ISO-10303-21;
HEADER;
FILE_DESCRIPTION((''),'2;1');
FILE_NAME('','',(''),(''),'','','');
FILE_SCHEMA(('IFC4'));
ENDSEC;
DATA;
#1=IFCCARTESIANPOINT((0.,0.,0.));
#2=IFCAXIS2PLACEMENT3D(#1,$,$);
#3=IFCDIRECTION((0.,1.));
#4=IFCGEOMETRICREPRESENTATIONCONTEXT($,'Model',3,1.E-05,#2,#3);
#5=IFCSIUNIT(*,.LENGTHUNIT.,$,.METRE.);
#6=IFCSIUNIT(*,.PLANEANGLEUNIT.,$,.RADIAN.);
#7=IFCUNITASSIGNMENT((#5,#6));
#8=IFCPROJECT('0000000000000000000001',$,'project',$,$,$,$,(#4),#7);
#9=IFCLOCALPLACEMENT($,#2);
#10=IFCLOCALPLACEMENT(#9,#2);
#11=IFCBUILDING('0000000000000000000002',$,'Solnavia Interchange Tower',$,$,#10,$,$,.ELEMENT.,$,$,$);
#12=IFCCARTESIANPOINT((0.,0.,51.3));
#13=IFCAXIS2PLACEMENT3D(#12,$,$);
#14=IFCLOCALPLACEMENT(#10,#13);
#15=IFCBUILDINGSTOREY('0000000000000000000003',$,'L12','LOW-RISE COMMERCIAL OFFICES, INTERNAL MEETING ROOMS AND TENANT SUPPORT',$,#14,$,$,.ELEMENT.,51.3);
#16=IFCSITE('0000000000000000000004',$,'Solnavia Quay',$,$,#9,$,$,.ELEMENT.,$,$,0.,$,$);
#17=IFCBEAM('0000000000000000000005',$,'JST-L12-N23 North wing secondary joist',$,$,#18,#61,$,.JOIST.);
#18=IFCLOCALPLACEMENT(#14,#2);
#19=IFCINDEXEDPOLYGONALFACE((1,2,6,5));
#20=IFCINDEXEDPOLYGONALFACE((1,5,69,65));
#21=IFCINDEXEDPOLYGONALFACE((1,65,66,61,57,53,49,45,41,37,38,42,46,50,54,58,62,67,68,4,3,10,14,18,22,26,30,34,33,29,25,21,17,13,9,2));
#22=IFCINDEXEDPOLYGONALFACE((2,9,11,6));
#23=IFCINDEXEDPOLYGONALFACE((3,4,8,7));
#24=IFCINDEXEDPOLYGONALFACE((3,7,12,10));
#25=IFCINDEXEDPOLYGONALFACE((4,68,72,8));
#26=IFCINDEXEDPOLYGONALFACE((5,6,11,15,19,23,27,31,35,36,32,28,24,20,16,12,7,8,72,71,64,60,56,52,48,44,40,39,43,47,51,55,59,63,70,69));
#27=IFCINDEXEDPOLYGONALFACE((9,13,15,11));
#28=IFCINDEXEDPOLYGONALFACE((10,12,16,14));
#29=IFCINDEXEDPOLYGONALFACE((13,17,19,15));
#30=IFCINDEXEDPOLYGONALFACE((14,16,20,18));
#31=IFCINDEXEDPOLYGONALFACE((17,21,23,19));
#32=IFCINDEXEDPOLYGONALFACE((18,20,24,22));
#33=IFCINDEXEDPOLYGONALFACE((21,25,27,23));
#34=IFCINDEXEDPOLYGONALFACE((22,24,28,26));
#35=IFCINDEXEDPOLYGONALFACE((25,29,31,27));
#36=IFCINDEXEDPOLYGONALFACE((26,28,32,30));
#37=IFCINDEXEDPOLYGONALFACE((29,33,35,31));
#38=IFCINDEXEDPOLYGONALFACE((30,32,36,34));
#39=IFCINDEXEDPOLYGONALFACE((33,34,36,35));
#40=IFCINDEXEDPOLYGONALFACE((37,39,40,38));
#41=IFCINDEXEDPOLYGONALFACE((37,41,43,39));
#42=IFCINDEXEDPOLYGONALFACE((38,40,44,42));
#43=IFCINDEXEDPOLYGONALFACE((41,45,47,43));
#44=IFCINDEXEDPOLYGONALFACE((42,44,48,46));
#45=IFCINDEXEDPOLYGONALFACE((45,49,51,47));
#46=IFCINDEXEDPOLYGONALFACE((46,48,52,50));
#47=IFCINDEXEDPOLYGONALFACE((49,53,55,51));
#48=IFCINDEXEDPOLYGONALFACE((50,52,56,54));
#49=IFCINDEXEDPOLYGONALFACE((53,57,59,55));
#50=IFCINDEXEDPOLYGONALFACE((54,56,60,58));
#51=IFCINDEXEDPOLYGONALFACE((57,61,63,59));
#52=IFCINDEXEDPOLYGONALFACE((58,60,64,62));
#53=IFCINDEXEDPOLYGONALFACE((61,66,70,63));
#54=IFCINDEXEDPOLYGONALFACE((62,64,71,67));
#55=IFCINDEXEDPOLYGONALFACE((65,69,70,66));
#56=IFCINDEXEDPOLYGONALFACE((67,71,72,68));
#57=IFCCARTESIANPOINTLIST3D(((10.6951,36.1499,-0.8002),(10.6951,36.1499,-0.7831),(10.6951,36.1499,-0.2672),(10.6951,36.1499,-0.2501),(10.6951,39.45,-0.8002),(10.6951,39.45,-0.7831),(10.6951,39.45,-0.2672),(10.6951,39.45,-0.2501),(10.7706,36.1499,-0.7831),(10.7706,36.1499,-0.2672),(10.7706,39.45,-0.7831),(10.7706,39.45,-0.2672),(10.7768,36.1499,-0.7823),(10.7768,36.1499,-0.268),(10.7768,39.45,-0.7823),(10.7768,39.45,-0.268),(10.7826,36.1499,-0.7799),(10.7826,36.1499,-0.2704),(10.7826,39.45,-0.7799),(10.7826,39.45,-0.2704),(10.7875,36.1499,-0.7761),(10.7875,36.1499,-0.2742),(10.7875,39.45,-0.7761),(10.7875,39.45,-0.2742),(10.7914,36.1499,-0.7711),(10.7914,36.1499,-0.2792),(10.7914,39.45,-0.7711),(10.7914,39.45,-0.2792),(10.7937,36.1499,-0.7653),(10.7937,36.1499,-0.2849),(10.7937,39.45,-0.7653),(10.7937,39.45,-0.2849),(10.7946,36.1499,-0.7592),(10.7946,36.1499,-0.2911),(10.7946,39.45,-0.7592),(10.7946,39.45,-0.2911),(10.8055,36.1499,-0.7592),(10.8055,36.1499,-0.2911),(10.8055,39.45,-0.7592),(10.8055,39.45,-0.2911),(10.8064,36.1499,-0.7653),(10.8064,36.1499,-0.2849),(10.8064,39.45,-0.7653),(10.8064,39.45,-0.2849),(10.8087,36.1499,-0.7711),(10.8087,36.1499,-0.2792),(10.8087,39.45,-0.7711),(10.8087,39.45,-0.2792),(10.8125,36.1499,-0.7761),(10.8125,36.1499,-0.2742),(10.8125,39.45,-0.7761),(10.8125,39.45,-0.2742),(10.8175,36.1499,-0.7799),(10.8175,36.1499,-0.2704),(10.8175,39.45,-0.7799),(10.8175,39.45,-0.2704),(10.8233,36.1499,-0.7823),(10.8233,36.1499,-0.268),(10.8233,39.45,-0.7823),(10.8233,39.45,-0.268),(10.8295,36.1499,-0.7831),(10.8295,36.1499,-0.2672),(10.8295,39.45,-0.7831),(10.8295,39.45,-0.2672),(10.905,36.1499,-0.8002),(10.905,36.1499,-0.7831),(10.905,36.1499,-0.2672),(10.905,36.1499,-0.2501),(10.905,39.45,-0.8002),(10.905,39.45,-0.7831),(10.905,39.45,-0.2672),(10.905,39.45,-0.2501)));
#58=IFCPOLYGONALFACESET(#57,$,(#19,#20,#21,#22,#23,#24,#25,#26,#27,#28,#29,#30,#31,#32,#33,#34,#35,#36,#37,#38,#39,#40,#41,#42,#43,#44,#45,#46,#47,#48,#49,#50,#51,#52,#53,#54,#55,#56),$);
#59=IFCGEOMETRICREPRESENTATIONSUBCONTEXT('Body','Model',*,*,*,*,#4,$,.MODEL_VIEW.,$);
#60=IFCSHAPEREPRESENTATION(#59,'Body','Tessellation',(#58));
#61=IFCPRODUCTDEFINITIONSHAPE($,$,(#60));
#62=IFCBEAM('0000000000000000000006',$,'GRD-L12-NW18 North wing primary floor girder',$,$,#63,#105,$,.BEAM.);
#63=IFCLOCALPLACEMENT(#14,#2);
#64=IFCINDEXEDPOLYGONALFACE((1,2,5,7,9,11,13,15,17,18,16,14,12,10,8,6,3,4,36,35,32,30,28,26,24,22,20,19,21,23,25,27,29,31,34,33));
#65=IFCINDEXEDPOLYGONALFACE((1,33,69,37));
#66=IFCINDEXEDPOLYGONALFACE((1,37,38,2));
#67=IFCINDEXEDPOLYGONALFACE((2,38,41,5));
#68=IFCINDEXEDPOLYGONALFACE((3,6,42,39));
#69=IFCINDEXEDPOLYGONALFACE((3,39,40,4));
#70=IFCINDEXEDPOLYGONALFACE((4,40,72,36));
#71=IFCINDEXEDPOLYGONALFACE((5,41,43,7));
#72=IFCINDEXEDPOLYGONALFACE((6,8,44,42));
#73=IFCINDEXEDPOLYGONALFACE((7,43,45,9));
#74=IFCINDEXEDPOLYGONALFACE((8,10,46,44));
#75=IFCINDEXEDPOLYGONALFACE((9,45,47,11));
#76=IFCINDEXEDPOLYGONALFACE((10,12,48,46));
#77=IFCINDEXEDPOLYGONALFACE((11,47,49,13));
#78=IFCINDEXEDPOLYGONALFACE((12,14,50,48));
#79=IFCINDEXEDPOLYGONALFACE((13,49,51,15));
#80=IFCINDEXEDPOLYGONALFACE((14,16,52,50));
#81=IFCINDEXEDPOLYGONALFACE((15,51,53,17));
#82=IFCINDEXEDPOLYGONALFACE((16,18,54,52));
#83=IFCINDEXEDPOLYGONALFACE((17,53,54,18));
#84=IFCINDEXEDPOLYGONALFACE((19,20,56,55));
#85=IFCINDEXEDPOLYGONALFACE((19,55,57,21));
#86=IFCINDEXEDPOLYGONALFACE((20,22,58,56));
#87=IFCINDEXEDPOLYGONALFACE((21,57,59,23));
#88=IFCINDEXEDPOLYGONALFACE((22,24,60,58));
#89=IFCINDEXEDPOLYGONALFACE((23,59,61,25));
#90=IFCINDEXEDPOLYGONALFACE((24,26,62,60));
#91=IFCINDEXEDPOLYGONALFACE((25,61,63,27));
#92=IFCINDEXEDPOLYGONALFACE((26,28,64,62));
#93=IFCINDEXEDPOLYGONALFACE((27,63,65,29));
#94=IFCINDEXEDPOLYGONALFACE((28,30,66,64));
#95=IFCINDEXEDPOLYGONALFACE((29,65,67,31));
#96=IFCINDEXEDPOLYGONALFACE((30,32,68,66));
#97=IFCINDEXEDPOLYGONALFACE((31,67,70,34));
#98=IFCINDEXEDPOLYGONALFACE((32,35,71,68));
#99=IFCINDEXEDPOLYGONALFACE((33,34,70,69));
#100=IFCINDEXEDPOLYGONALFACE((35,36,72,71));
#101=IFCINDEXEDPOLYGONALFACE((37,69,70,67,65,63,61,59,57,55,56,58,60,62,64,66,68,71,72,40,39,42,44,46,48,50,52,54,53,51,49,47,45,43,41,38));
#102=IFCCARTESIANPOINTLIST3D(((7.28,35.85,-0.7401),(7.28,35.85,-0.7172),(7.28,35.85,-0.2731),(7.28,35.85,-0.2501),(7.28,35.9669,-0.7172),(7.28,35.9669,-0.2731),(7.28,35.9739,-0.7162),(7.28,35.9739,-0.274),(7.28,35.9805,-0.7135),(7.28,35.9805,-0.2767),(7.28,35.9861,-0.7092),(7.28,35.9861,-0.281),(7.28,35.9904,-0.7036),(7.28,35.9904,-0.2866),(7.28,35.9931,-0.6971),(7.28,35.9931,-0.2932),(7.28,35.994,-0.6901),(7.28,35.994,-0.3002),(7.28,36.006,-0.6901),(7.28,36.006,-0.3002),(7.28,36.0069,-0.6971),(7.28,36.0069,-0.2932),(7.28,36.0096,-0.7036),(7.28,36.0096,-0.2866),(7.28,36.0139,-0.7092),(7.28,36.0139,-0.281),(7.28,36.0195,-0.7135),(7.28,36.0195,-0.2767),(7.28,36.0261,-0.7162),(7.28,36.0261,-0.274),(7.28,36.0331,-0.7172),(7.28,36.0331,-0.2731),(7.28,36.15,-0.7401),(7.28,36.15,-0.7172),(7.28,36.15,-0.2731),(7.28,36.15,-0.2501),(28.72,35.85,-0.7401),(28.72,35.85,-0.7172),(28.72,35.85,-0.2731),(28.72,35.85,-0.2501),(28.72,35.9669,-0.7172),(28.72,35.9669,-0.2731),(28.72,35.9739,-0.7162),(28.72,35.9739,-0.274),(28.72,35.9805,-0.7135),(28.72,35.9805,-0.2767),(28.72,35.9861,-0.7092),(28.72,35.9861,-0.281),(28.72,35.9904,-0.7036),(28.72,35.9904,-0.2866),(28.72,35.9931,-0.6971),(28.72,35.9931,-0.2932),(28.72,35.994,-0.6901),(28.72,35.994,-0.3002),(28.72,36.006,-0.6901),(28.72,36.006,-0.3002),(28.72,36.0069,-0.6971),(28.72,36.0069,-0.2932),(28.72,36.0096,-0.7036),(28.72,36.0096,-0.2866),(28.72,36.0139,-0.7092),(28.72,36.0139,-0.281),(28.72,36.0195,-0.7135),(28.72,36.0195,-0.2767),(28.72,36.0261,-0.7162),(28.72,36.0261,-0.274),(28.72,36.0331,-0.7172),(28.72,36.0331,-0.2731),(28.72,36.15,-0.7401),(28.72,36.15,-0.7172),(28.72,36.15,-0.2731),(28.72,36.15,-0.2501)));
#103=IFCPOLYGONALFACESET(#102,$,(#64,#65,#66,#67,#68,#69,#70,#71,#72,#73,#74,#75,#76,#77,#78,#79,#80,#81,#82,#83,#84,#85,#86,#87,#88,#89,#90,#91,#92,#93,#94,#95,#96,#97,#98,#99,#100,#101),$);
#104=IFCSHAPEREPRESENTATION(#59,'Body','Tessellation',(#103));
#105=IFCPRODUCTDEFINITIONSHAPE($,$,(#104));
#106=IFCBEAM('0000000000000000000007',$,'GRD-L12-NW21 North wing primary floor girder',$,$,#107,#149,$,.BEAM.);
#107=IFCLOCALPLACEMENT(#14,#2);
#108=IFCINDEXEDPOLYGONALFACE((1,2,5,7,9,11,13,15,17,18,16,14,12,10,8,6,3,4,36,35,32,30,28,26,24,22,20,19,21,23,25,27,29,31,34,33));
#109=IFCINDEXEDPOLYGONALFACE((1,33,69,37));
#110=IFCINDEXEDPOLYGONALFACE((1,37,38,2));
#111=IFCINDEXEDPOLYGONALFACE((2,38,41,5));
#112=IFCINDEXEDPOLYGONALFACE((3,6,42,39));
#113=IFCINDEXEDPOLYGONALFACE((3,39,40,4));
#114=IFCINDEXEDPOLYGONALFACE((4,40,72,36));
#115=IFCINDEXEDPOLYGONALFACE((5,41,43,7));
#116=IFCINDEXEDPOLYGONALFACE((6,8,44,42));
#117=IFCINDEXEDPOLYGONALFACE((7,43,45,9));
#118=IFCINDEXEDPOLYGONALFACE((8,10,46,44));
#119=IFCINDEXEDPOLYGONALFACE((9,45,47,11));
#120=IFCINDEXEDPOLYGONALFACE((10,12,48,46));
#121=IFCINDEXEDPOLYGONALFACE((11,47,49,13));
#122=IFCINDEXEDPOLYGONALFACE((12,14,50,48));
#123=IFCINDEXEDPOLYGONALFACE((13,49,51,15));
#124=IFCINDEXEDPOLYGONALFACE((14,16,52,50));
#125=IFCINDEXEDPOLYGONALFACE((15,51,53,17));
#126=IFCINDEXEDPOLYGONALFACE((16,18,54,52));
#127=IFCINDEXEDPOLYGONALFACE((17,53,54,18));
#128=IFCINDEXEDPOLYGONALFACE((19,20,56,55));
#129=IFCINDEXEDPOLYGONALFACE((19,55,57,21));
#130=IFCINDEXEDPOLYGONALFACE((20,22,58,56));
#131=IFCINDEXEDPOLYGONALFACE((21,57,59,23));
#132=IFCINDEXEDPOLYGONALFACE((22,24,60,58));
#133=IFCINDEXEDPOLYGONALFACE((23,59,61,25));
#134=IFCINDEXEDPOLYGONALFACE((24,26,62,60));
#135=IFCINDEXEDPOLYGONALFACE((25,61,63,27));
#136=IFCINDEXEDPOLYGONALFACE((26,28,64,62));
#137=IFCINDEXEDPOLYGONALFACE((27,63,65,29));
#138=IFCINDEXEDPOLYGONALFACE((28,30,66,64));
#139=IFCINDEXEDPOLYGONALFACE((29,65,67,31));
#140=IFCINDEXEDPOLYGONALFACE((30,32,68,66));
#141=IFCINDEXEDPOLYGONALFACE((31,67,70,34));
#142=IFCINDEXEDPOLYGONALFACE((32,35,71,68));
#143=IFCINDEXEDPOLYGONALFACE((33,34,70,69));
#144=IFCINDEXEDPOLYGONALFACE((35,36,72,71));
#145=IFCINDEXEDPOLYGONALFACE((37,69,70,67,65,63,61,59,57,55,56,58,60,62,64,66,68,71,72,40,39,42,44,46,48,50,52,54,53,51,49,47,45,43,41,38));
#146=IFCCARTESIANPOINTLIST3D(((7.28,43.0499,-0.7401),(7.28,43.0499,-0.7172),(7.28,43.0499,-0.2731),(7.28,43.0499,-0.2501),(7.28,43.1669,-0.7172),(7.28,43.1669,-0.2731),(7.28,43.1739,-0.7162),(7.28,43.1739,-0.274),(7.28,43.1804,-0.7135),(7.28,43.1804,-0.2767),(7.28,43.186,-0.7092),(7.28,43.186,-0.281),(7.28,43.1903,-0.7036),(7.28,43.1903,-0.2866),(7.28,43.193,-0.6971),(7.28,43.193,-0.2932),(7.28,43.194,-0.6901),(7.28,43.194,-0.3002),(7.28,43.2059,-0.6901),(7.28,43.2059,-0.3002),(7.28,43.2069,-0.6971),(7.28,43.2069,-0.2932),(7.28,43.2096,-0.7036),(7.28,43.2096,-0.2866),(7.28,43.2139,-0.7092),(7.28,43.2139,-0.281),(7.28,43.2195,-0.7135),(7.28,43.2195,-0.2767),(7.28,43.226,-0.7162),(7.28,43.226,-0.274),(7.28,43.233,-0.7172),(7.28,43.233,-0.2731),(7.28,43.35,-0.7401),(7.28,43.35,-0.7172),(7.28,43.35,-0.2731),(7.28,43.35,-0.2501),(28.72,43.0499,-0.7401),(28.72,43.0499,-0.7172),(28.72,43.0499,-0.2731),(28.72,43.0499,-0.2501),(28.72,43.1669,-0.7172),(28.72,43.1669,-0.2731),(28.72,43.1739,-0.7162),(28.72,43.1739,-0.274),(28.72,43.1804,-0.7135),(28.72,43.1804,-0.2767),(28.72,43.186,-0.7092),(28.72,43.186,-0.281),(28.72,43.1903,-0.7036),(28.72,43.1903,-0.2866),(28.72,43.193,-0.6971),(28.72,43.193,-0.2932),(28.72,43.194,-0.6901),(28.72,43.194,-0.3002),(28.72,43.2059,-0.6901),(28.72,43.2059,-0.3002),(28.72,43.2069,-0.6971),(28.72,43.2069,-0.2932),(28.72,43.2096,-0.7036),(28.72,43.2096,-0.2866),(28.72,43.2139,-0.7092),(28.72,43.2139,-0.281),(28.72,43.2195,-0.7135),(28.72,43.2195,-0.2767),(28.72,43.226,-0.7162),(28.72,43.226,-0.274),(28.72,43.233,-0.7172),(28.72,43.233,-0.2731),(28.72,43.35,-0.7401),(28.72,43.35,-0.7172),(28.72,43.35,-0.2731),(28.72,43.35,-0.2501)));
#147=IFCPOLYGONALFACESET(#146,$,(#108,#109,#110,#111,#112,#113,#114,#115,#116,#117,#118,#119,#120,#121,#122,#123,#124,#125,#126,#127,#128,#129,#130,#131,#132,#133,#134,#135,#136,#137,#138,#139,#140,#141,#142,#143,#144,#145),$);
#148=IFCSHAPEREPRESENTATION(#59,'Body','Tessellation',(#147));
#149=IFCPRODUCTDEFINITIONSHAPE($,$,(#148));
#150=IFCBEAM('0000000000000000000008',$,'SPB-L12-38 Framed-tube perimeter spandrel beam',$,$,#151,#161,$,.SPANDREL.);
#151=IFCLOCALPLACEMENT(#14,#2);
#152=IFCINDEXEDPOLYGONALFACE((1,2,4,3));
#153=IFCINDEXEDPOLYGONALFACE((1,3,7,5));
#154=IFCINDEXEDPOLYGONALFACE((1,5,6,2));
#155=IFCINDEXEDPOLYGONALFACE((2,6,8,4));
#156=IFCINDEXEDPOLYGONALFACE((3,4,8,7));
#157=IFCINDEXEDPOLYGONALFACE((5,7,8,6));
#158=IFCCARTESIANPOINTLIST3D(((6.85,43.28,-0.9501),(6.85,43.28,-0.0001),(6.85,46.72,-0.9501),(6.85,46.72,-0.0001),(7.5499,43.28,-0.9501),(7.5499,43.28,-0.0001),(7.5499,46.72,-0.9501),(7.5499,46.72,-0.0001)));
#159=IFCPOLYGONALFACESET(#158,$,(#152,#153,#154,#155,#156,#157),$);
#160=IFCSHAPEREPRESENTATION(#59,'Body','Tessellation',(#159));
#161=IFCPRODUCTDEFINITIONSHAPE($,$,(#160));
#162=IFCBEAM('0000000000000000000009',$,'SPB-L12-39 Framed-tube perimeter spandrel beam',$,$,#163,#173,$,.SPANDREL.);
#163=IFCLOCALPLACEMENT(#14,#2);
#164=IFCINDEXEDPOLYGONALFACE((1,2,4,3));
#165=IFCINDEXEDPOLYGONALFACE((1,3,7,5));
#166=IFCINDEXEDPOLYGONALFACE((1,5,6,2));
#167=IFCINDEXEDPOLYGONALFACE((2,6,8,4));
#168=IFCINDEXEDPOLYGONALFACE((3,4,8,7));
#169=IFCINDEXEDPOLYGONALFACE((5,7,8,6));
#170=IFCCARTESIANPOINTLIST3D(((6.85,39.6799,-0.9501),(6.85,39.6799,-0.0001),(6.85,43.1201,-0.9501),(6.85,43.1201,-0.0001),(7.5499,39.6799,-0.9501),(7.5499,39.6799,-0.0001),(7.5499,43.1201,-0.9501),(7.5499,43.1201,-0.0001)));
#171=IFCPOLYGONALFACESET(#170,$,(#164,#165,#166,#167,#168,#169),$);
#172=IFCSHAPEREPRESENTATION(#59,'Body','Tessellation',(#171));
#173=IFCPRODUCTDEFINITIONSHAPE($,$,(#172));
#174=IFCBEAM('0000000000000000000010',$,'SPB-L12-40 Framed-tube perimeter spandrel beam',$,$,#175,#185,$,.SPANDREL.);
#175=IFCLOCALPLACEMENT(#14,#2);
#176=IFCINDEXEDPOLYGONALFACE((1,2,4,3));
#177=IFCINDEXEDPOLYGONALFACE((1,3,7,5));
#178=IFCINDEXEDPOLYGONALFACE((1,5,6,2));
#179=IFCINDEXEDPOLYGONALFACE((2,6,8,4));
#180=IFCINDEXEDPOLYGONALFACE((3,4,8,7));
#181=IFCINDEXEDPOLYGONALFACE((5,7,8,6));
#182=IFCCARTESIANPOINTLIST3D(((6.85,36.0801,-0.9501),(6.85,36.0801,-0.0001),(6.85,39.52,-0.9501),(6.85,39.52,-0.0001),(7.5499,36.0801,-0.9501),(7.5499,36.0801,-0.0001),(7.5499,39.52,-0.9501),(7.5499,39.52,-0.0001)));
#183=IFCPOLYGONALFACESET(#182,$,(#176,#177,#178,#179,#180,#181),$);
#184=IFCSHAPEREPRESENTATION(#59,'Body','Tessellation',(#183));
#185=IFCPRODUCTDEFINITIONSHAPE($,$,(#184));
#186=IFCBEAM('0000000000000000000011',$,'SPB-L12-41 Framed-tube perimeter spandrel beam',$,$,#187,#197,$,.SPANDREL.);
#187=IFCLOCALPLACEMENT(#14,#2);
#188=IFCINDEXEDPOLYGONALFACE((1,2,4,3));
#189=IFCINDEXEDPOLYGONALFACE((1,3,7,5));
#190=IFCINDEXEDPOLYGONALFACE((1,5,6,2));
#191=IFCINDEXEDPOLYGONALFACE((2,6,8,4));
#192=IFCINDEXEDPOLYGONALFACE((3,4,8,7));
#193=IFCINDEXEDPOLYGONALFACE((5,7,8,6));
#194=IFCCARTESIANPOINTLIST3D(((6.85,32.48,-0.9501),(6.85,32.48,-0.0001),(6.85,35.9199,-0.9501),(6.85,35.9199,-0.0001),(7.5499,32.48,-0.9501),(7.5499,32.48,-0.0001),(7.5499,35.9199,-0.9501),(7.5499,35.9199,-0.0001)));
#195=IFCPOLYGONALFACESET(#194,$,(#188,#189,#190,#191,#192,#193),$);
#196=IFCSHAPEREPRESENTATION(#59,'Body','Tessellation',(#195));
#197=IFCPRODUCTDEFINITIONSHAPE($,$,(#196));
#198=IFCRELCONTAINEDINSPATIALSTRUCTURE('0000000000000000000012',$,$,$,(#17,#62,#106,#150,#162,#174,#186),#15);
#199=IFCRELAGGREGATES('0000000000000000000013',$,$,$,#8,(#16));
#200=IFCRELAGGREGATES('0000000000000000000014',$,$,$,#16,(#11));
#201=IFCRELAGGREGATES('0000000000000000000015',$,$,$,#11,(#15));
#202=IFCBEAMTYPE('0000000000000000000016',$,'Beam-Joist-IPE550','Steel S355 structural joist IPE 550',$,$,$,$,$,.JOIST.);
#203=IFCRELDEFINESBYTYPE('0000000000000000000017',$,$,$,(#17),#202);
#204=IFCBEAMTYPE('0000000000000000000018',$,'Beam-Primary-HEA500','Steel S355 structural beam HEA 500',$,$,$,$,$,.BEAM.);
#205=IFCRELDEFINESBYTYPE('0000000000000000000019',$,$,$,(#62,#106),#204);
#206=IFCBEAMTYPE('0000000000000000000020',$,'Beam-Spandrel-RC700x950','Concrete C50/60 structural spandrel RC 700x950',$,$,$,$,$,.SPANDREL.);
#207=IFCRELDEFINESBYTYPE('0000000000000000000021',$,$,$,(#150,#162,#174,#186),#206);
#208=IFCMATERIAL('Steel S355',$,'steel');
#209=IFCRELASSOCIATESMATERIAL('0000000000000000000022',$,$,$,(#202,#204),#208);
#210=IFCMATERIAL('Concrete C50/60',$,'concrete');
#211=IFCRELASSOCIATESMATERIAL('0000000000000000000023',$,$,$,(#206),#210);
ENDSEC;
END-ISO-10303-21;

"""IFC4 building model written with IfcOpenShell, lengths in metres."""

from ifc_helpers import new_model, si_unit, direction, frame, origin, origin_2d, place, context, subcontext, project, spatial, rectangle, i_section, extrude, material, material_profile, profile_set, type_object, element, save


model = new_model("IFC4")

# Units and contexts
model_context = context("Model", 3, precision=1e-05, world=origin(), true_north=direction((0.0, 1.0)))
body_context = subcontext(model_context, "Body", "Model", "MODEL_VIEW")
ifc_project = project(units=[si_unit("LENGTHUNIT", "METRE"), si_unit("PLANEANGLEUNIT", "RADIAN")], contexts=[model_context])

# Site, building, storey
site_placement = place(None, origin())
site = spatial("IfcSite", under=ifc_project, at=site_placement, Name="Solnavia Quay", CompositionType="ELEMENT", RefElevation=0.0)
building_placement = place(site_placement, origin())
building = spatial("IfcBuilding", under=site, at=building_placement, Name="Solnavia Interchange Tower", CompositionType="ELEMENT")
storey_placement = place(building_placement, frame((0.0, 0.0, 51.3)))
storey = spatial("IfcBuildingStorey", under=building, at=storey_placement, Name="L12", Description="LOW-RISE COMMERCIAL OFFICES, INTERNAL MEETING ROOMS AND TENANT SUPPORT", CompositionType="ELEMENT", Elevation=51.3)

# Beams
ifc_material_1 = material(Name="Steel S355", Category="steel")
ifc_material_profile_1 = material_profile(ifc_material_1, i_section(OverallWidth=0.21, OverallDepth=0.55, WebThickness=0.011, FlangeThickness=0.0171, FilletRadius=0.0239, at=origin_2d()), Name="IPE 550")
ifc_profile_set_1 = profile_set([ifc_material_profile_1], Name="Steel S355")
beam_type_1 = type_object("IfcBeamType", Name="Beam-Joist-IPE550", Description="Steel S355 structural joist IPE 550", PredefinedType="JOIST", material=ifc_profile_set_1)
beam_1_placement = place(storey_placement, frame((10.8, 36.1499, -0.5251), z_axis=(0.0, 1.0, 0.0), x_axis=(-1.0, 0.0, 0.0)))
element("IfcBeam", 1, at=beam_1_placement, inside=storey, type_object=beam_type_1, Name="JST-L12-N23 North wing secondary joist", PredefinedType="JOIST", context=body_context, shape_type="SweptSolid", body=[
    extrude(i_section(OverallWidth=0.21, OverallDepth=0.55, WebThickness=0.011, FlangeThickness=0.0171, FilletRadius=0.0239, at=origin_2d()), origin(), (0.0, 0.0, 1.0), 3.3),
])
ifc_material_profile_2 = material_profile(ifc_material_1, i_section(OverallWidth=0.3, OverallDepth=0.49, WebThickness=0.012, FlangeThickness=0.0229, FilletRadius=0.0271, at=origin_2d()), Name="HEA 500")
ifc_profile_set_2 = profile_set([ifc_material_profile_2], Name="Steel S355")
beam_type_2 = type_object("IfcBeamType", Name="Beam-Primary-HEA500", Description="Steel S355 structural beam HEA 500", PredefinedType="BEAM", material=ifc_profile_set_2)
for number, where, z_axis, x_axis, name in (
    (2, (7.28, 36.0, -0.4951), (1.0, 0.0, 0.0), (0.0, 1.0, 0.0), "GRD-L12-NW18 North wing primary floor girder"),
    (3, (7.28, 43.2, -0.4951), (1.0, 0.0, 0.0), (0.0, 1.0, 0.0), "GRD-L12-NW21 North wing primary floor girder"),
):
    element("IfcBeam", number, at=place(storey_placement, frame(where, z_axis=z_axis, x_axis=x_axis)), inside=storey, type_object=beam_type_2, Name=name, PredefinedType="BEAM", context=body_context, shape_type="SweptSolid", body=[
        extrude(i_section(OverallWidth=0.3, OverallDepth=0.49, WebThickness=0.012, FlangeThickness=0.0229, FilletRadius=0.0271, at=origin_2d()), origin(), (0.0, 0.0, 1.0), 21.4399),
    ])
ifc_material_2 = material(Name="Concrete C50/60", Category="concrete")
ifc_material_profile_3 = material_profile(ifc_material_2, rectangle(XDim=0.7, YDim=0.95, at=origin_2d()), Name="RC 700x950")
ifc_profile_set_3 = profile_set([ifc_material_profile_3], Name="Concrete C50/60")
beam_type_3 = type_object("IfcBeamType", Name="Beam-Spandrel-RC700x950", Description="Concrete C50/60 structural spandrel RC 700x950", PredefinedType="SPANDREL", material=ifc_profile_set_3)
beam_2_placement = place(storey_placement, frame((7.2, 46.72, -0.4751), z_axis=(0.0, -1.0, 0.0), x_axis=(1.0, 0.0, 0.0)))
element("IfcBeam", 4, at=beam_2_placement, inside=storey, type_object=beam_type_3, Name="SPB-L12-38 Framed-tube perimeter spandrel beam", PredefinedType="SPANDREL", context=body_context, shape_type="SweptSolid", body=[
    extrude(rectangle(XDim=0.7, YDim=0.95, at=origin_2d()), origin(), (0.0, 0.0, 1.0), 3.4399),
])
beam_3_placement = place(storey_placement, frame((7.2, 43.1201, -0.4751), z_axis=(0.0, -1.0, 0.0), x_axis=(1.0, 0.0, 0.0)))
element("IfcBeam", 5, at=beam_3_placement, inside=storey, type_object=beam_type_3, Name="SPB-L12-39 Framed-tube perimeter spandrel beam", PredefinedType="SPANDREL", context=body_context, shape_type="SweptSolid", body=[
    extrude(rectangle(XDim=0.7, YDim=0.95, at=origin_2d()), origin(), (0.0, 0.0, 1.0), 3.4402),
])
for number, where, z_axis, x_axis, name in (
    (6, (7.2, 39.52, -0.4751), (0.0, -1.0, 0.0), (1.0, 0.0, 0.0), "SPB-L12-40 Framed-tube perimeter spandrel beam"),
    (7, (7.2, 35.9199, -0.4751), (0.0, -1.0, 0.0), (1.0, 0.0, 0.0), "SPB-L12-41 Framed-tube perimeter spandrel beam"),
):
    element("IfcBeam", number, at=place(storey_placement, frame(where, z_axis=z_axis, x_axis=x_axis)), inside=storey, type_object=beam_type_3, Name=name, PredefinedType="SPANDREL", context=body_context, shape_type="SweptSolid", body=[
        extrude(rectangle(XDim=0.7, YDim=0.95, at=origin_2d()), origin(), (0.0, 0.0, 1.0), 3.4399),
    ])

save(model, "model.ifc")
